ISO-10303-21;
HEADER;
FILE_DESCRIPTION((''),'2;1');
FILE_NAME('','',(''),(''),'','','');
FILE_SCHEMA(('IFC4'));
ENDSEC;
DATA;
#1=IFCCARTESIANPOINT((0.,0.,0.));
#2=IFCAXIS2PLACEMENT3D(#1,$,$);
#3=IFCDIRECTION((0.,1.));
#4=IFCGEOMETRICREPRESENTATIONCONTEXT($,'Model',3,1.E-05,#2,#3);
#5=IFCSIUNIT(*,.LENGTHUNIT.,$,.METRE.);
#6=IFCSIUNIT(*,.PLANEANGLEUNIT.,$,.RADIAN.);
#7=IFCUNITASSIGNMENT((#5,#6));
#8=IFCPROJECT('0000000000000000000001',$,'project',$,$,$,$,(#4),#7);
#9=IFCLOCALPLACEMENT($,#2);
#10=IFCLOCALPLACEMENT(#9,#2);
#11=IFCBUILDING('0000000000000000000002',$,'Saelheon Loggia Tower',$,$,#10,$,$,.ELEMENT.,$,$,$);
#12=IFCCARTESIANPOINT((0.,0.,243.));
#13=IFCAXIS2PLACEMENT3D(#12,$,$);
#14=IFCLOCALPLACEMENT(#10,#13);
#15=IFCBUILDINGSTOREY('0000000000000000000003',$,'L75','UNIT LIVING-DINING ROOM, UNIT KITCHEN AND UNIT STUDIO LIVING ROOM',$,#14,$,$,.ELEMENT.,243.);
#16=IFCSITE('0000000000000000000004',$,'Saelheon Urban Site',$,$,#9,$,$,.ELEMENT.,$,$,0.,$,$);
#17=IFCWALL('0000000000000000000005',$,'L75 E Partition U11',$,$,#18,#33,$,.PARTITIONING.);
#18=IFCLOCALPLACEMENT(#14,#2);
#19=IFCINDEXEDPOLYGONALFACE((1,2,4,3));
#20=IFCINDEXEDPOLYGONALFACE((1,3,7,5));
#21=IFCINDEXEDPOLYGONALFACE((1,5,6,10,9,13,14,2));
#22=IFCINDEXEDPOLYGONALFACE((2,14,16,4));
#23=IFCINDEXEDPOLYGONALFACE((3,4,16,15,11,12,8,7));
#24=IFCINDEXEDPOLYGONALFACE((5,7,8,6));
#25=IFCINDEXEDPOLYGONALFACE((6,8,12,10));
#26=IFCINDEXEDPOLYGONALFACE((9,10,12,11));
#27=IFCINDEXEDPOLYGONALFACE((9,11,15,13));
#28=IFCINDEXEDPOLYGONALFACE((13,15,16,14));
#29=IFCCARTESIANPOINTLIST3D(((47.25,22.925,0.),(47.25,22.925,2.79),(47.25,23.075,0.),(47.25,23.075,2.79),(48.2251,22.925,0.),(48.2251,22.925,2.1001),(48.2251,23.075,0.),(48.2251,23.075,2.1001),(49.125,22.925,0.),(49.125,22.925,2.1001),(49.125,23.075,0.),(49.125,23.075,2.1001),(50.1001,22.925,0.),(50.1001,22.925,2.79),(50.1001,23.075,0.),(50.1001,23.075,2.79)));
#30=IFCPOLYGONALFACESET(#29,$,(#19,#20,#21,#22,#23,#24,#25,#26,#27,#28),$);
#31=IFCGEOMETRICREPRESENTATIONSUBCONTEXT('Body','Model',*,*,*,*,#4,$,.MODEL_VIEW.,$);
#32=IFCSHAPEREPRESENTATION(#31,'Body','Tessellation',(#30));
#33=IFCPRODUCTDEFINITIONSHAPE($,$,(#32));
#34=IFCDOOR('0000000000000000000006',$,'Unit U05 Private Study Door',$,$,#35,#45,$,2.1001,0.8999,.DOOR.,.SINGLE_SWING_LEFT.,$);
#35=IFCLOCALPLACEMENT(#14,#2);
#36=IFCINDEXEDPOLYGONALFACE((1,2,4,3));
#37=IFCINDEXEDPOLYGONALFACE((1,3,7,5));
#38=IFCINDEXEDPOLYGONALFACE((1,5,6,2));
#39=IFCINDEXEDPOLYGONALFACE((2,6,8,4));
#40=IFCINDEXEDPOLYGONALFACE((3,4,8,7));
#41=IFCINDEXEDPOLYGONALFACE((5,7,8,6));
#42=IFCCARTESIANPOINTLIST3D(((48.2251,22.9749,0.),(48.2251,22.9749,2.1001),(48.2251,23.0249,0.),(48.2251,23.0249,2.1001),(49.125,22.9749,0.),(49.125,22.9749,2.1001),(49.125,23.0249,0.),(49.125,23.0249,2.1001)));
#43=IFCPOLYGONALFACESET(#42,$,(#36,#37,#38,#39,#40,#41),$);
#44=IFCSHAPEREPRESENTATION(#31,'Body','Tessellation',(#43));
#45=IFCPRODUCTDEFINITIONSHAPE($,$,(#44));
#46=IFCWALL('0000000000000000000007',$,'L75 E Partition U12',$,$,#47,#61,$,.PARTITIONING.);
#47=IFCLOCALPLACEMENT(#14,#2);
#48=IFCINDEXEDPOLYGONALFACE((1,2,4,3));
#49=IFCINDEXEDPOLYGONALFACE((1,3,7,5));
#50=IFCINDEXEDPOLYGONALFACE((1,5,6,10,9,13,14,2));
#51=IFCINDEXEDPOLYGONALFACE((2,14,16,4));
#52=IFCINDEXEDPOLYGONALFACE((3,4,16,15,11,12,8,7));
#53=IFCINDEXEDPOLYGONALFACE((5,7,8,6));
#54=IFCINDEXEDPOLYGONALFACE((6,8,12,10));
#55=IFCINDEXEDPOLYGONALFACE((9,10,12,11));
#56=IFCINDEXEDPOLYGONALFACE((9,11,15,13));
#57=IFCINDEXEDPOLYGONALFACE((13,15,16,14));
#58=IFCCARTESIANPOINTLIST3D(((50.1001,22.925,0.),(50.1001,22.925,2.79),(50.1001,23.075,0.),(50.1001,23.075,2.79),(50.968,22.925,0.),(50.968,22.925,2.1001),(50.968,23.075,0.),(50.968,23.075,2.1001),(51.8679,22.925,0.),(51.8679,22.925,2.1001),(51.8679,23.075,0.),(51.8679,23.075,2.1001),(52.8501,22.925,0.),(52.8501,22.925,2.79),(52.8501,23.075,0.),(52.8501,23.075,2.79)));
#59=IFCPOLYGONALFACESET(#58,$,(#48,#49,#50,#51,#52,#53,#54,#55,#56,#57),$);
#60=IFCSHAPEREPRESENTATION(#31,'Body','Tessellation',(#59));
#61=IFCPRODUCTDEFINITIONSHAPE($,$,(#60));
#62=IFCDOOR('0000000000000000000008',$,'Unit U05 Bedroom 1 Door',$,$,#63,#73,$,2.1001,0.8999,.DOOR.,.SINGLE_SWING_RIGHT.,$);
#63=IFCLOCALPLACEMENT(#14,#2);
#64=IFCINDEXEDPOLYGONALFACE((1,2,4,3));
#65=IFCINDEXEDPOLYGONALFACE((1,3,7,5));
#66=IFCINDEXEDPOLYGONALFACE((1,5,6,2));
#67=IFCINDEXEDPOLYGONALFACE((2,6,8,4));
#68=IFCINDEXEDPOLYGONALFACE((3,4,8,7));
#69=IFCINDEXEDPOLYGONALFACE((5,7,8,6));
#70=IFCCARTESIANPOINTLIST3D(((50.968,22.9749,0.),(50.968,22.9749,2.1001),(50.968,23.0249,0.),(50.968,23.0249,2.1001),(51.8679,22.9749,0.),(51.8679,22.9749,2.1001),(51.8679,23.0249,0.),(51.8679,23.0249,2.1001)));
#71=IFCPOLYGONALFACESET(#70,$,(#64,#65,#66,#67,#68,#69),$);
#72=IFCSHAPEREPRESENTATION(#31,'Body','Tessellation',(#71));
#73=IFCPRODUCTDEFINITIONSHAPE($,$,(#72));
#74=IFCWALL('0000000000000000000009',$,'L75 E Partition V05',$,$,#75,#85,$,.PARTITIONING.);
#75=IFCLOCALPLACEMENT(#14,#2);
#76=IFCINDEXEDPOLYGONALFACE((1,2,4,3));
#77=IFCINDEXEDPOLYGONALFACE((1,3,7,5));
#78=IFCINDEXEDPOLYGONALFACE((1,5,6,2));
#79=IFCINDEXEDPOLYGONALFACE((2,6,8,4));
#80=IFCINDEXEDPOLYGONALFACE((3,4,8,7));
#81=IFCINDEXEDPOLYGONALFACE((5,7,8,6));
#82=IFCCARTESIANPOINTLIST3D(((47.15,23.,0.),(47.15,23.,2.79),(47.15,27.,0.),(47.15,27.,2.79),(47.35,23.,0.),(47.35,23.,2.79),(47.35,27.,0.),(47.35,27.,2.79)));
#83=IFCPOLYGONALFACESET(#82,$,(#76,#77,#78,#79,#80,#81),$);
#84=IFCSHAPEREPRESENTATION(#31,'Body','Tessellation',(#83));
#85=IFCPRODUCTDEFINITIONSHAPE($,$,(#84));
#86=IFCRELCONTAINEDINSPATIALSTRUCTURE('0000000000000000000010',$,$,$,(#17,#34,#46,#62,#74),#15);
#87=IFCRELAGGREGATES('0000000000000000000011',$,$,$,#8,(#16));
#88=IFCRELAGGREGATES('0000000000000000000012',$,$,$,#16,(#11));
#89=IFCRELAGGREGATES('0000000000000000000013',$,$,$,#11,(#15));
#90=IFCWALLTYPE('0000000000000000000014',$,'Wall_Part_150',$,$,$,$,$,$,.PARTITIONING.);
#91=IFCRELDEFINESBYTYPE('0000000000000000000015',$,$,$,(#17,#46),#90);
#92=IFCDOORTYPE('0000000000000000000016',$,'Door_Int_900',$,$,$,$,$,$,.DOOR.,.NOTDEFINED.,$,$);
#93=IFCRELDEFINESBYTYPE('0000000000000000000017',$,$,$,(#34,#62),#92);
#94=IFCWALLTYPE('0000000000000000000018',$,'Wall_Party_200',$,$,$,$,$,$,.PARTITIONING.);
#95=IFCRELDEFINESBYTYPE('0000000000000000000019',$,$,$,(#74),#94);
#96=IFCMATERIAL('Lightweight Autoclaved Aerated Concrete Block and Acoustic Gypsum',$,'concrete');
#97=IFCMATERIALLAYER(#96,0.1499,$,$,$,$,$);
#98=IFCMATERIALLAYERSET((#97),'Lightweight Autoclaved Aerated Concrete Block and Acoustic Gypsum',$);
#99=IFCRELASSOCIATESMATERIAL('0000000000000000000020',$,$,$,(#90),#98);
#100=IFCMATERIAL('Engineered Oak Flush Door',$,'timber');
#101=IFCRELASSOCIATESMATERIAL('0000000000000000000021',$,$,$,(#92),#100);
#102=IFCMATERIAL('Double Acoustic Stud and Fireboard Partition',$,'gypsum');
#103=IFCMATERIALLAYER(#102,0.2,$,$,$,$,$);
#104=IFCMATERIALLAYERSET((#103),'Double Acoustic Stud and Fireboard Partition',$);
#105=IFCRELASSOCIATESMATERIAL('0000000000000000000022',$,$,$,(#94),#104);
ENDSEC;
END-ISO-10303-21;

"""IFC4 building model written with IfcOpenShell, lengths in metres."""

from ifc_helpers import new_model, si_unit, direction, frame, frame_2d, origin, place, context, subcontext, project, spatial, rectangle, extrude, source, transform, mapped, material, layer, layer_set, type_object, element, fill, save


model = new_model("IFC4")

# Units and contexts
model_context = context("Model", 3, precision=1e-05, world=origin(), true_north=direction((0.0, 1.0)))
body_context = subcontext(model_context, "Body", "Model", "MODEL_VIEW")
ifc_project = project(units=[si_unit("LENGTHUNIT", "METRE"), si_unit("PLANEANGLEUNIT", "RADIAN")], contexts=[model_context])

# Site, building, storey
site_placement = place(None, origin())
site = spatial("IfcSite", under=ifc_project, at=site_placement, Name="Saelheon Urban Site", CompositionType="ELEMENT", RefElevation=0.0)
building_placement = place(site_placement, origin())
building = spatial("IfcBuilding", under=site, at=building_placement, Name="Saelheon Loggia Tower", CompositionType="ELEMENT")
storey_placement = place(building_placement, frame((0.0, 0.0, 243.0)))
storey = spatial("IfcBuildingStorey", under=building, at=storey_placement, Name="L75", Description="UNIT LIVING-DINING ROOM, UNIT KITCHEN AND UNIT STUDIO LIVING ROOM", CompositionType="ELEMENT", Elevation=243.0)

# Shared definitions
ifc_material_1 = material(Name="Lightweight Autoclaved Aerated Concrete Block and Acoustic Gypsum", Category="concrete")
ifc_layer_1 = layer(ifc_material_1, 0.1499)
ifc_layer_set_1 = layer_set([ifc_layer_1], Name="Lightweight Autoclaved Aerated Concrete Block and Acoustic Gypsum")
wall_type_1 = type_object("IfcWallType", Name="Wall_Part_150", PredefinedType="PARTITIONING", material=ifc_layer_set_1)

# Walls, openings, doors
wall_1_placement = place(storey_placement, frame((47.25, 23.0, 0.0), z_axis=(0.0, 0.0, 1.0), x_axis=(1.0, 0.0, 0.0)))
wall_1 = element("IfcWall", 1, at=wall_1_placement, inside=storey, type_object=wall_type_1, Name="L75 E Partition U11", PredefinedType="PARTITIONING", context=body_context, shape_type="SweptSolid", body=[
    extrude(rectangle(XDim=2.8501, YDim=0.1499, at=frame_2d((1.425, 0.0))), origin(), (0.0, 0.0, 1.0), 2.79),
])
opening_1_placement = place(wall_1_placement, frame((0.9751, 0.0, 0.0)))
opening_1 = element("IfcOpeningElement", 2, at=opening_1_placement, cuts=wall_1, PredefinedType="OPENING", context=body_context, shape_type="SweptSolid", body=[
    extrude(rectangle(XDim=0.8999, YDim=2.1001, at=frame_2d((0.45, 1.05))), frame((0.0, 0.0869, 0.0), z_axis=(0.0, -1.0, 0.0), x_axis=(1.0, 0.0, 0.0)), (0.0, 0.0, 1.0), 0.1738),
])
ifc_material_2 = material(Name="Engineered Oak Flush Door", Category="timber")
door_type = type_object("IfcDoorType", Name="Door_Int_900", OperationType="NOTDEFINED", PredefinedType="DOOR", material=ifc_material_2)
shared_shape_1 = source(origin(), body_context, "Body", "SweptSolid", [
    extrude(rectangle(XDim=0.8999, YDim=2.1001, at=frame_2d((0.45, 1.05))), frame((0.0, 0.0249, 0.0), z_axis=(0.0, -1.0, 0.0), x_axis=(1.0, 0.0, 0.0)), (0.0, 0.0, 1.0), 0.05),
])
door_1_placement = place(opening_1_placement, origin())
door_1 = element("IfcDoor", 3, at=door_1_placement, inside=storey, type_object=door_type, Name="Unit U05 Private Study Door", OperationType="SINGLE_SWING_LEFT", OverallHeight=2.1001, OverallWidth=0.8999, PredefinedType="DOOR", context=body_context, shape_type="MappedRepresentation", body=[
    mapped(shared_shape_1, transform((0.0, 0.0, 0.0), scale=1.0)),
])
fill(opening_1, door_1)
wall_2_placement = place(storey_placement, frame((50.1001, 23.0, 0.0), z_axis=(0.0, 0.0, 1.0), x_axis=(1.0, 0.0, 0.0)))
wall_2 = element("IfcWall", 4, at=wall_2_placement, inside=storey, type_object=wall_type_1, Name="L75 E Partition U12", PredefinedType="PARTITIONING", context=body_context, shape_type="SweptSolid", body=[
    extrude(rectangle(XDim=2.75, YDim=0.1499, at=frame_2d((1.375, 0.0))), origin(), (0.0, 0.0, 1.0), 2.79),
])
opening_2_placement = place(wall_2_placement, frame((0.8679, 0.0, 0.0)))
opening_2 = element("IfcOpeningElement", 5, at=opening_2_placement, cuts=wall_2, PredefinedType="OPENING", context=body_context, shape_type="SweptSolid", body=[
    extrude(rectangle(XDim=0.8999, YDim=2.1001, at=frame_2d((0.45, 1.05))), frame((0.0, 0.0869, 0.0), z_axis=(0.0, -1.0, 0.0), x_axis=(1.0, 0.0, 0.0)), (0.0, 0.0, 1.0), 0.1738),
])
door_2_placement = place(opening_2_placement, origin())
door_2 = element("IfcDoor", 6, at=door_2_placement, inside=storey, type_object=door_type, Name="Unit U05 Bedroom 1 Door", OperationType="SINGLE_SWING_RIGHT", OverallHeight=2.1001, OverallWidth=0.8999, PredefinedType="DOOR", context=body_context, shape_type="MappedRepresentation", body=[
    mapped(shared_shape_1, transform((0.0, 0.0, 0.0), scale=1.0)),
])
fill(opening_2, door_2)

# Wall
ifc_material_3 = material(Name="Double Acoustic Stud and Fireboard Partition", Category="gypsum")
ifc_layer_2 = layer(ifc_material_3, 0.2)
ifc_layer_set_2 = layer_set([ifc_layer_2], Name="Double Acoustic Stud and Fireboard Partition")
wall_type_2 = type_object("IfcWallType", Name="Wall_Party_200", PredefinedType="PARTITIONING", material=ifc_layer_set_2)
wall_3_placement = place(storey_placement, frame((47.25, 23.0, 0.0), z_axis=(0.0, 0.0, 1.0), x_axis=(0.0, 1.0, 0.0)))
element("IfcWall", 7, at=wall_3_placement, inside=storey, type_object=wall_type_2, Name="L75 E Partition V05", PredefinedType="PARTITIONING", context=body_context, shape_type="SweptSolid", body=[
    extrude(rectangle(XDim=4.0, YDim=0.2, at=frame_2d((2.0, 0.0))), origin(), (0.0, 0.0, 1.0), 2.79),
])

save(model, "model.ifc")
